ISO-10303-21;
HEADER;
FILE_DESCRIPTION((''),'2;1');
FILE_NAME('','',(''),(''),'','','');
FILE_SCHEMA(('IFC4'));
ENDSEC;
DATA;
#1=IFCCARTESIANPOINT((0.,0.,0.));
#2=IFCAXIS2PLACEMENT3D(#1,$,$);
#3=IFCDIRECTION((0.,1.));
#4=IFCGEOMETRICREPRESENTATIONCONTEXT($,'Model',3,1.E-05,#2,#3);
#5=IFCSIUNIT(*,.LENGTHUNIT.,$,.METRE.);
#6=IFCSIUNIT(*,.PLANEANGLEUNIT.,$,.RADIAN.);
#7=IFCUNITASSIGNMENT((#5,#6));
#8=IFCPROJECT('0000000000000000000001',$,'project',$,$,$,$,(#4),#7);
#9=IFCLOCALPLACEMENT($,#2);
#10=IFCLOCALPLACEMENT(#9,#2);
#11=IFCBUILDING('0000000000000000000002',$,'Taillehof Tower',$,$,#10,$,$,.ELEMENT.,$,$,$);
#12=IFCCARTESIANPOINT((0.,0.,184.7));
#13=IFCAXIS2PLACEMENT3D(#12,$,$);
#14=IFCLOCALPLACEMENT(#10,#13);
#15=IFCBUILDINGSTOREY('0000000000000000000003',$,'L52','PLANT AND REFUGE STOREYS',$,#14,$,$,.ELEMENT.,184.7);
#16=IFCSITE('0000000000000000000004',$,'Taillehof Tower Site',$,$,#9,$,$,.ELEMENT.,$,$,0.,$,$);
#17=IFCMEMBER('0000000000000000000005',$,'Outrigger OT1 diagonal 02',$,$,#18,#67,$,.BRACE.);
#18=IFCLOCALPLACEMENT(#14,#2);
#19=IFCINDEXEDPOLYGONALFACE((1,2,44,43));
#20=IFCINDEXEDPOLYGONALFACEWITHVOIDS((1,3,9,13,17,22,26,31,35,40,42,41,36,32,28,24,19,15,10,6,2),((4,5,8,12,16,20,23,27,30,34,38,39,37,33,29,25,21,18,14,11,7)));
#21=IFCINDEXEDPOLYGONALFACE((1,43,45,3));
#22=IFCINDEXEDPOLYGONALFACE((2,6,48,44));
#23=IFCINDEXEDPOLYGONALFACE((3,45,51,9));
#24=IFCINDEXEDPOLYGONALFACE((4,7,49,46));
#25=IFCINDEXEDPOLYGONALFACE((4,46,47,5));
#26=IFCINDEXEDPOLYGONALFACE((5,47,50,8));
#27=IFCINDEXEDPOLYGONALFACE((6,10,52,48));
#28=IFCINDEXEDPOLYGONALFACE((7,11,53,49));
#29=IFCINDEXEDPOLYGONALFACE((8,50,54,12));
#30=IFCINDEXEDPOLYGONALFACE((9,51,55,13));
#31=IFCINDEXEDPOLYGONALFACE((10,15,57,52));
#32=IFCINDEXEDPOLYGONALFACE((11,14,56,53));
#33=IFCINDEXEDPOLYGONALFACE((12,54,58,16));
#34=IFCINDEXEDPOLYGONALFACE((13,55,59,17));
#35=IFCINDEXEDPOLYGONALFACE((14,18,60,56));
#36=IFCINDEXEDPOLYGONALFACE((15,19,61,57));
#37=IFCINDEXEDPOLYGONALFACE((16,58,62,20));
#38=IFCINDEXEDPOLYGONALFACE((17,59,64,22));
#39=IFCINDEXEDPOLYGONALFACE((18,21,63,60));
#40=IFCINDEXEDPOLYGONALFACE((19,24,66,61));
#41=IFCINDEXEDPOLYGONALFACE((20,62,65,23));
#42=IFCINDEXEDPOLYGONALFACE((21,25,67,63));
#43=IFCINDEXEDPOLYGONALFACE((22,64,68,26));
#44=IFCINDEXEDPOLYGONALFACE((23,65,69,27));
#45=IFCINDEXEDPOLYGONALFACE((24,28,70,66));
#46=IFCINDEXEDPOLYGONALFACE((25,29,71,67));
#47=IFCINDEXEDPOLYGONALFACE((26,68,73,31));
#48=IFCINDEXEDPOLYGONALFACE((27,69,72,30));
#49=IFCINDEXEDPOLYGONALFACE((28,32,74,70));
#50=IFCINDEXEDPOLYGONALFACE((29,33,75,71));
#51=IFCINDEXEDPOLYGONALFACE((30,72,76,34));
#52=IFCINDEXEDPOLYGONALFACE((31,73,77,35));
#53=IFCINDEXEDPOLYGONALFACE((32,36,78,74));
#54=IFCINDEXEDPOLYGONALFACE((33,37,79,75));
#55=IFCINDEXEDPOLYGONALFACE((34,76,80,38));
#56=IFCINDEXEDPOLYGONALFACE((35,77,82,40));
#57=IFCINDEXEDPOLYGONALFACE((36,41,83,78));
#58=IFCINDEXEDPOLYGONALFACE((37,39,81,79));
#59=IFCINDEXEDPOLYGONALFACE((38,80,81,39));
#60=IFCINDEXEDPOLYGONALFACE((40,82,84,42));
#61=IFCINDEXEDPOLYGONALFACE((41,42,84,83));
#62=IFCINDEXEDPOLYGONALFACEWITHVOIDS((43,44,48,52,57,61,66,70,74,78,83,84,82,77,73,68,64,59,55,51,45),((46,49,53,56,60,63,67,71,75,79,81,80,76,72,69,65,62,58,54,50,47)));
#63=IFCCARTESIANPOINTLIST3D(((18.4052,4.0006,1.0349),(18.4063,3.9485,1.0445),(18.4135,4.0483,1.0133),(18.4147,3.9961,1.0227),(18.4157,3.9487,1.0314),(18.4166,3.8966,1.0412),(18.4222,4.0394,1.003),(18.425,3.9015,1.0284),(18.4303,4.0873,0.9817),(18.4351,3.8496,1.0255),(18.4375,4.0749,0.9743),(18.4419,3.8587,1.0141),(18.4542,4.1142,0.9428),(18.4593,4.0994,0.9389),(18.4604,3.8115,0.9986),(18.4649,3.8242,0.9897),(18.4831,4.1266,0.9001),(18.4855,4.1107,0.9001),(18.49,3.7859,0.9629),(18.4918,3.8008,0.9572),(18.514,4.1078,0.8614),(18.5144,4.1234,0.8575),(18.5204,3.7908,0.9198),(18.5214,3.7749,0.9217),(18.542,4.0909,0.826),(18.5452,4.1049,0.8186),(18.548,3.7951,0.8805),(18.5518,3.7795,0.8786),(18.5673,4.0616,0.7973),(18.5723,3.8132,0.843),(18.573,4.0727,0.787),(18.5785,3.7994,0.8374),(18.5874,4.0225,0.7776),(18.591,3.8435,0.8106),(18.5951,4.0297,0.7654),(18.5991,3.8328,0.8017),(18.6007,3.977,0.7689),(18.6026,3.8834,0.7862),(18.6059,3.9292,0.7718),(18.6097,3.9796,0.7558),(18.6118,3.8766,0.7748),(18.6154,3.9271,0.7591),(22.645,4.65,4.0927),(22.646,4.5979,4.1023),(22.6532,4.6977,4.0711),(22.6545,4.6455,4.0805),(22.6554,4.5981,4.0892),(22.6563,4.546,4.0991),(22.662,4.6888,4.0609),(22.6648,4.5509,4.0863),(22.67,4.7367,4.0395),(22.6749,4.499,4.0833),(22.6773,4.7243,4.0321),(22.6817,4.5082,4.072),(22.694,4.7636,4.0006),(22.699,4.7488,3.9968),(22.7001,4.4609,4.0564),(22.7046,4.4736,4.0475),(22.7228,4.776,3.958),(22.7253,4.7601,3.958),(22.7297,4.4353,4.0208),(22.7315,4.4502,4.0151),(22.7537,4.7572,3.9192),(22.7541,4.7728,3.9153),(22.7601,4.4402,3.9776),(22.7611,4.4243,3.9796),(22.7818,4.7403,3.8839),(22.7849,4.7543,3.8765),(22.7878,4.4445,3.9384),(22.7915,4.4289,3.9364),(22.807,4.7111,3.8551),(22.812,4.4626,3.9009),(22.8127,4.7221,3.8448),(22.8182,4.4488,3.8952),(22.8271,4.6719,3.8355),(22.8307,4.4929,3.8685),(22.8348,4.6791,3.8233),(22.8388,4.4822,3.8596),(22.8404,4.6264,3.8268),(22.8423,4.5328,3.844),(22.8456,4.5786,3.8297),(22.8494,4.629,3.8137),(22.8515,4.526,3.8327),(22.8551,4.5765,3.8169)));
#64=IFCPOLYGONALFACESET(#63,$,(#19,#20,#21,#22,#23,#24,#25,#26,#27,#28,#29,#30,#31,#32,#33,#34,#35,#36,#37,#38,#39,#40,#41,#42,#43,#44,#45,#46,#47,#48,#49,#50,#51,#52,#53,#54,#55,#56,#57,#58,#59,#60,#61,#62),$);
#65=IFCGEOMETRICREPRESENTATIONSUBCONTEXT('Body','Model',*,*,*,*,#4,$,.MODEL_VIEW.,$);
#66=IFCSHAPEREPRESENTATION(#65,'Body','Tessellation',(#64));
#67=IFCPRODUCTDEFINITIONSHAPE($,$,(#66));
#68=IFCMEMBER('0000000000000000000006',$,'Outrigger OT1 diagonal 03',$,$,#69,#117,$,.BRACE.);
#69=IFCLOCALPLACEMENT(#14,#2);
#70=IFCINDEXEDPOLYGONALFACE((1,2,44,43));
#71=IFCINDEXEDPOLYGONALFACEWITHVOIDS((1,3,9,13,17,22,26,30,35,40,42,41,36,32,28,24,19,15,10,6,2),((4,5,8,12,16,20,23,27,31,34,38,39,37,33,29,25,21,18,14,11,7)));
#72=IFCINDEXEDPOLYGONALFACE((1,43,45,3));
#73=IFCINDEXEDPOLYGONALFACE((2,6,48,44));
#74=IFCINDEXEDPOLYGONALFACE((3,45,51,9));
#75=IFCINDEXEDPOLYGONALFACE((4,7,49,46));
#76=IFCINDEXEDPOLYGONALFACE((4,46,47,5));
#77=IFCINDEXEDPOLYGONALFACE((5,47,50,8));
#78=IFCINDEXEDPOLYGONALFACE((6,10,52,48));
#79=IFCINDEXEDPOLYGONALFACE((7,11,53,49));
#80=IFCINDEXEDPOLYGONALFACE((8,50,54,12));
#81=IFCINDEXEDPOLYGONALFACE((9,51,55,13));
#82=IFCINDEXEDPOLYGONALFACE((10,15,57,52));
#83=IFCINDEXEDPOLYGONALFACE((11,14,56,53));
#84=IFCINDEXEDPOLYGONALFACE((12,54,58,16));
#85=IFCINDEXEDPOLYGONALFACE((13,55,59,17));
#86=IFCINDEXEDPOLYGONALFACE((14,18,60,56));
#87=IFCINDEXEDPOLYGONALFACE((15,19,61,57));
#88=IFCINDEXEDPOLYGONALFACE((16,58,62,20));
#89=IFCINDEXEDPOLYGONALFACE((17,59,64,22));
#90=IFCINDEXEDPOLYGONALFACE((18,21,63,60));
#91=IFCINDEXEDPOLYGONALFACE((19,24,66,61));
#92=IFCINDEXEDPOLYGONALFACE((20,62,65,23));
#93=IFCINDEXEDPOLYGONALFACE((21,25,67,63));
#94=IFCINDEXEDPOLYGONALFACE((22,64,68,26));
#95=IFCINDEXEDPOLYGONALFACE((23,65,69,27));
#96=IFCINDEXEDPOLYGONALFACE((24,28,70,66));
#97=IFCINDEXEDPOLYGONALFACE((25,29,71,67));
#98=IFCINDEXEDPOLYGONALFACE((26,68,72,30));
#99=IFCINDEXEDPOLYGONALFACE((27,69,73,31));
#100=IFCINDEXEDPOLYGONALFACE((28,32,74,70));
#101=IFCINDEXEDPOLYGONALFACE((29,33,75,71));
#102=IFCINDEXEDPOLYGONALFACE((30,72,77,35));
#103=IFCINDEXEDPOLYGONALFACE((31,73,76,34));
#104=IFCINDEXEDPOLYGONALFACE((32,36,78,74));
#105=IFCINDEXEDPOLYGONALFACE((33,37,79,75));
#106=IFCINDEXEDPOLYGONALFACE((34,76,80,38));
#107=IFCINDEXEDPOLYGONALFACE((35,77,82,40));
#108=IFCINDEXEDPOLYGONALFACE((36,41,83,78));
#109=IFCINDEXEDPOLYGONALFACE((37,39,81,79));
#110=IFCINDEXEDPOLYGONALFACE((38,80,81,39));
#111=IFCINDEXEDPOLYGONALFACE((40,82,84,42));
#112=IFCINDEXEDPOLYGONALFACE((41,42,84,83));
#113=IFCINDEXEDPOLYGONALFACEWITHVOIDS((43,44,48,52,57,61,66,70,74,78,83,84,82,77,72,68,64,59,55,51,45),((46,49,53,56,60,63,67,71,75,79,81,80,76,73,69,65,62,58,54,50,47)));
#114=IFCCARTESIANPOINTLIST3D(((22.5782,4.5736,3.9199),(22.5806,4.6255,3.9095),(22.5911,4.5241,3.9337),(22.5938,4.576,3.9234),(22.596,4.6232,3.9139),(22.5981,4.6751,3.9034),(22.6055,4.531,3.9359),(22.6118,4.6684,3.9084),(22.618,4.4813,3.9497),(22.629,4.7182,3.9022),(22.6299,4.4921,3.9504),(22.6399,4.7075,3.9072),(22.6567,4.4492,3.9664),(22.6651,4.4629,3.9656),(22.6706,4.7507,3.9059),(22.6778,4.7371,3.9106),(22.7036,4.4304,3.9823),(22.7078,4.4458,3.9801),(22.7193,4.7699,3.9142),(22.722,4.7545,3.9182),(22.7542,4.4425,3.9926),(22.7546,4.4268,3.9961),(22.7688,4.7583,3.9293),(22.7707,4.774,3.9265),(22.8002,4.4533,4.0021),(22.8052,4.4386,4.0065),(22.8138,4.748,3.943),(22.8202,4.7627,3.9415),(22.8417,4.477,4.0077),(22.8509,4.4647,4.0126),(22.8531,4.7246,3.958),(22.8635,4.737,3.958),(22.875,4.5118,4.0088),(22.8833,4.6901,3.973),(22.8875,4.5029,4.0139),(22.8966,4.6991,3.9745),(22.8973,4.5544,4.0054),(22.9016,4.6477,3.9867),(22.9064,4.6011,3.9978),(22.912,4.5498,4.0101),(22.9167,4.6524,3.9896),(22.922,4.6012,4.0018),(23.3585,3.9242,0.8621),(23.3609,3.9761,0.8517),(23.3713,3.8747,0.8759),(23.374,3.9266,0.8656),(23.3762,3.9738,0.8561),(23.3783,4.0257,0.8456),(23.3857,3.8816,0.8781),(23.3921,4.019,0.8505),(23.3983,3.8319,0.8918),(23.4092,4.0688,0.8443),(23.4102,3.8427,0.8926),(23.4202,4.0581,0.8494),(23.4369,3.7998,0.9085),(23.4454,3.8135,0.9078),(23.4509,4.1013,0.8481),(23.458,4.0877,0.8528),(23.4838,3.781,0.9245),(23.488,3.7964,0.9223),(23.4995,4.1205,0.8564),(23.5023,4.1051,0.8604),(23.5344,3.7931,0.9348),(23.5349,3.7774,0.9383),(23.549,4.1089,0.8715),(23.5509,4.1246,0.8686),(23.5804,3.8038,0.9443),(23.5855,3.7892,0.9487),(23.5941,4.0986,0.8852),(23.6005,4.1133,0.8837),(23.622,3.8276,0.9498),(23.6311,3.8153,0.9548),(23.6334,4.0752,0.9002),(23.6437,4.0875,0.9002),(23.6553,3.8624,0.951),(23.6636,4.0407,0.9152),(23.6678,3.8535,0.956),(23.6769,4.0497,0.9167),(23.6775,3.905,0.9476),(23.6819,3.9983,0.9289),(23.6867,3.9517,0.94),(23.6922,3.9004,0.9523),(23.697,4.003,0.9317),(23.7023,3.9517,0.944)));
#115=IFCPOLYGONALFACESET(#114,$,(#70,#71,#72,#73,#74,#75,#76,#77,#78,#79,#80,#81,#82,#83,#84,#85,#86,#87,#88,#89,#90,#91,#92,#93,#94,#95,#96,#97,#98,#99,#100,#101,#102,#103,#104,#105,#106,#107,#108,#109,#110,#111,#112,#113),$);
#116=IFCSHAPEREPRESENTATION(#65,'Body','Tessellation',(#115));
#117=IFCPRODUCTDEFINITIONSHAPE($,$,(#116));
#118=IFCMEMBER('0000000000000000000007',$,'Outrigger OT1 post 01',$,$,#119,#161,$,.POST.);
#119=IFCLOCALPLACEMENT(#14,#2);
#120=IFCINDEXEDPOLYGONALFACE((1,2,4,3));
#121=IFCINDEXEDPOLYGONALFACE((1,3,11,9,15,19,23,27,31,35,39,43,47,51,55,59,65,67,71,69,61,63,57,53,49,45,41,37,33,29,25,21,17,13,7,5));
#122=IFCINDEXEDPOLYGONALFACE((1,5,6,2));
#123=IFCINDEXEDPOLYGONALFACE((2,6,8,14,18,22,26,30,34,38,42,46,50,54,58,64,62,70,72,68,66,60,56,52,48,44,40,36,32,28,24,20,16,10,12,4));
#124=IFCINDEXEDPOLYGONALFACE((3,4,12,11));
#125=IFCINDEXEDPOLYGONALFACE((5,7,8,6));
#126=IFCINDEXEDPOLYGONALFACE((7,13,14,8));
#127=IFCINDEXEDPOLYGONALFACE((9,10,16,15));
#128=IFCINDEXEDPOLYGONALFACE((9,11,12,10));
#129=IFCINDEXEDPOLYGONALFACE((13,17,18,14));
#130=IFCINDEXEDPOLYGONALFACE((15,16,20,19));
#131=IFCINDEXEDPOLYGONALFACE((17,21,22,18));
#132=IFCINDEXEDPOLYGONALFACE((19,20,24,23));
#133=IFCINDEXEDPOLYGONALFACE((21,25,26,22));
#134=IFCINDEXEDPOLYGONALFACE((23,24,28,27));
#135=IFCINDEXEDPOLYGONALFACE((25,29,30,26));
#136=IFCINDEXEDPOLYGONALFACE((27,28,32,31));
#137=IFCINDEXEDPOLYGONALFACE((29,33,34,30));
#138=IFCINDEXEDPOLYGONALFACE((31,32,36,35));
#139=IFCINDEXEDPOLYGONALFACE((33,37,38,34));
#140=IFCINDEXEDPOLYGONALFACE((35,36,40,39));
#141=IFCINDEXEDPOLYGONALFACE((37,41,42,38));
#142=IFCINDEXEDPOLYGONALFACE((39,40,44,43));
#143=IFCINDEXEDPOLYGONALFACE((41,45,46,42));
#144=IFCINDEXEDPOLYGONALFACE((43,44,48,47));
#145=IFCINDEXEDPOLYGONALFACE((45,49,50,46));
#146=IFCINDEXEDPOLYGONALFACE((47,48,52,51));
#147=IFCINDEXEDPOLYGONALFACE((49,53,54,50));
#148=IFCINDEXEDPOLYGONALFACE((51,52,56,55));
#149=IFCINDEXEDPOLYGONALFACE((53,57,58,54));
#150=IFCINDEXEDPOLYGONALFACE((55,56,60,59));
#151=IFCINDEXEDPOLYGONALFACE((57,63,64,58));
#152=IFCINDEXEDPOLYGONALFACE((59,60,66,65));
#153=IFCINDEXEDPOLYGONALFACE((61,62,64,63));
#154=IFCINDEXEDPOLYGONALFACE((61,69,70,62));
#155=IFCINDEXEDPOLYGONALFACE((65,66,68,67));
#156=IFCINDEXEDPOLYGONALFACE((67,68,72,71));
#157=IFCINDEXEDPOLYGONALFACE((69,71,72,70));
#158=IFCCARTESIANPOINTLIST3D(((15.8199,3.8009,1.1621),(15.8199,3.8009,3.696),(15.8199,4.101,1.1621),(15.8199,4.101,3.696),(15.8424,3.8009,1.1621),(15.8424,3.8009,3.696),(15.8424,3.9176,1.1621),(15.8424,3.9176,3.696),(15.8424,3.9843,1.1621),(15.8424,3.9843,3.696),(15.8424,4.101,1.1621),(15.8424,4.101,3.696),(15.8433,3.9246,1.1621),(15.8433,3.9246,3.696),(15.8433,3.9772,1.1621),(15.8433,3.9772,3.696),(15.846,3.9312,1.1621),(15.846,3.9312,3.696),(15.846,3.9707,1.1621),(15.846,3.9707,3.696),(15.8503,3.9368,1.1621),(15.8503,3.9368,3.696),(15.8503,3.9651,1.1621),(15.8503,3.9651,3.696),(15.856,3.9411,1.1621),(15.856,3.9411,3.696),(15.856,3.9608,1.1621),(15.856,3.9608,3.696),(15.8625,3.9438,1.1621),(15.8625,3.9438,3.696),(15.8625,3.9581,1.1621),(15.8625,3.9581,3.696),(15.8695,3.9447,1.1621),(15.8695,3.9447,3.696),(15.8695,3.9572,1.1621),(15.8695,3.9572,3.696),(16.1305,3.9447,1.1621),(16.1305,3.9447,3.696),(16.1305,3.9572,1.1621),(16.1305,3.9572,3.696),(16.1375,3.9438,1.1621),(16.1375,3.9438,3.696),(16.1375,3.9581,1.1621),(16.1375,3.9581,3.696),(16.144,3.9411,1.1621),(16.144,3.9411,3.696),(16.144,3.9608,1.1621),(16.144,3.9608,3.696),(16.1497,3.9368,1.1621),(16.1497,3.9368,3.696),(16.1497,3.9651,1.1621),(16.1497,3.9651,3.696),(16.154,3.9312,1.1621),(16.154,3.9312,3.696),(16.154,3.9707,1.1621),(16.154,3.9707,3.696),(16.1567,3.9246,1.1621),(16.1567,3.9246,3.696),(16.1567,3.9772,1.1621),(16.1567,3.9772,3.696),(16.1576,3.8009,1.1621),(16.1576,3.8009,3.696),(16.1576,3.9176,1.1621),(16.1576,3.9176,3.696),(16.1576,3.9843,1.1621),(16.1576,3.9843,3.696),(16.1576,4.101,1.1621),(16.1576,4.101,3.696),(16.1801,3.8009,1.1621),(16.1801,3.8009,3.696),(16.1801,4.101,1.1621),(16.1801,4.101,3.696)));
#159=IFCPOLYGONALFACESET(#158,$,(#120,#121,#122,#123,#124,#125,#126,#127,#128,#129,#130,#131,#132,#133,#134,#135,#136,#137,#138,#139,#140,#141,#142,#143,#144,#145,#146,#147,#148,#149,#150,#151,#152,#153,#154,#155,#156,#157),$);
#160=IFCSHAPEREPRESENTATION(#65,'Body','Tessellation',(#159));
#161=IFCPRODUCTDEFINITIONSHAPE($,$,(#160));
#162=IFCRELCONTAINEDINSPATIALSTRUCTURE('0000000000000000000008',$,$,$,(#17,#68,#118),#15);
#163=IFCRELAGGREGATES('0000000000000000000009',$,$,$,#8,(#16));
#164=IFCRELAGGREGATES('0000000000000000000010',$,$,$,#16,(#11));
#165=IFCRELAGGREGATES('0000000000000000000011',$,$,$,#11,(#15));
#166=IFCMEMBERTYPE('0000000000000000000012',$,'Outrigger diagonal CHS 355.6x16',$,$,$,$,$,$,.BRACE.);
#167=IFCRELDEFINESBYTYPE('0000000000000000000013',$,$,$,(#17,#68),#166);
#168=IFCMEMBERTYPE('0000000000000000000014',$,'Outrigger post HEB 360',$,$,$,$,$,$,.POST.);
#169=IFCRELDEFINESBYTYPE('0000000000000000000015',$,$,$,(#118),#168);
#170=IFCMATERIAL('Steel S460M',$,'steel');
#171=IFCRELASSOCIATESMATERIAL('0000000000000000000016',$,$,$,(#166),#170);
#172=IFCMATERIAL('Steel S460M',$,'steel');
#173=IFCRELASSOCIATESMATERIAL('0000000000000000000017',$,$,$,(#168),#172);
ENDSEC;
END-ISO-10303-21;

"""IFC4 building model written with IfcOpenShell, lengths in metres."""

from ifc_helpers import new_model, si_unit, direction, frame, origin, origin_2d, place, context, subcontext, project, spatial, hollow_circle, i_section, extrude, material, material_profile, profile_set, type_object, element, save


model = new_model("IFC4")

# Units and contexts
model_context = context("Model", 3, precision=1e-05, world=origin(), true_north=direction((0.0, 1.0)))
body_context = subcontext(model_context, "Body", "Model", "MODEL_VIEW")
ifc_project = project(units=[si_unit("LENGTHUNIT", "METRE"), si_unit("PLANEANGLEUNIT", "RADIAN")], contexts=[model_context])

# Site, building, storey
site_placement = place(None, origin())
site = spatial("IfcSite", under=ifc_project, at=site_placement, Name="Taillehof Tower Site", CompositionType="ELEMENT", RefElevation=0.0)
building_placement = place(site_placement, origin())
building = spatial("IfcBuilding", under=site, at=building_placement, Name="Taillehof Tower", CompositionType="ELEMENT")
storey_placement = place(building_placement, frame((0.0, 0.0, 184.7)))
storey = spatial("IfcBuildingStorey", under=building, at=storey_placement, Name="L52", Description="PLANT AND REFUGE STOREYS", CompositionType="ELEMENT", Elevation=184.7)

# Members
ifc_material_1 = material(Name="Steel S460M", Category="steel")
ifc_material_profile_1 = material_profile(ifc_material_1, hollow_circle(Radius=0.1777, WallThickness=0.0161, at=origin_2d()), Name="CHS 355.6x16")
ifc_profile_set_1 = profile_set([ifc_material_profile_1], Name="Steel S460M")
member_type_1 = type_object("IfcMemberType", Name="Outrigger diagonal CHS 355.6x16", PredefinedType="BRACE", material=ifc_profile_set_1)
member_1_placement = place(storey_placement, frame((18.51, 3.9509, 0.9001), z_axis=(0.804871, 0.123284, 0.580503), x_axis=(-0.151407, 0.988472, 0.0)))
element("IfcMember", 1, at=member_1_placement, inside=storey, type_object=member_type_1, Name="Outrigger OT1 diagonal 02", PredefinedType="BRACE", context=body_context, shape_type="SweptSolid", body=[
    extrude(hollow_circle(Radius=0.1777, WallThickness=0.0161, at=origin_2d()), origin(), (0.0, 0.0, 1.0), 5.2676),
])
member_2_placement = place(storey_placement, frame((22.7498, 4.6003, 3.958), z_axis=(0.242173, -0.201558, -0.949066), x_axis=(0.639711, 0.768615, 0.0)))
element("IfcMember", 2, at=member_2_placement, inside=storey, type_object=member_type_1, Name="Outrigger OT1 diagonal 03", PredefinedType="BRACE", context=body_context, shape_type="SweptSolid", body=[
    extrude(hollow_circle(Radius=0.1777, WallThickness=0.0161, at=origin_2d()), origin(), (0.0, 0.0, 1.0), 3.2219),
])
ifc_material_2 = material(Name="Steel S460M", Category="steel")
ifc_material_profile_2 = material_profile(ifc_material_2, i_section(OverallWidth=0.3, OverallDepth=0.3601, WebThickness=0.0125, FlangeThickness=0.0225, FilletRadius=0.0271, at=origin_2d()), Name="HEB 360")
ifc_profile_set_2 = profile_set([ifc_material_profile_2], Name="Steel S460M")
member_type_2 = type_object("IfcMemberType", Name="Outrigger post HEB 360", PredefinedType="POST", material=ifc_profile_set_2)
member_3_placement = place(storey_placement, frame((16.0, 3.9509, 1.1621), z_axis=(0.0, 0.0, 1.0), x_axis=(0.0, -1.0, 0.0)))
element("IfcMember", 3, at=member_3_placement, inside=storey, type_object=member_type_2, Name="Outrigger OT1 post 01", PredefinedType="POST", context=body_context, shape_type="SweptSolid", body=[
    extrude(i_section(OverallWidth=0.3, OverallDepth=0.3601, WebThickness=0.0125, FlangeThickness=0.0225, FilletRadius=0.0271, at=origin_2d()), origin(), (0.0, 0.0, 1.0), 2.5339),
])

save(model, "model.ifc")
